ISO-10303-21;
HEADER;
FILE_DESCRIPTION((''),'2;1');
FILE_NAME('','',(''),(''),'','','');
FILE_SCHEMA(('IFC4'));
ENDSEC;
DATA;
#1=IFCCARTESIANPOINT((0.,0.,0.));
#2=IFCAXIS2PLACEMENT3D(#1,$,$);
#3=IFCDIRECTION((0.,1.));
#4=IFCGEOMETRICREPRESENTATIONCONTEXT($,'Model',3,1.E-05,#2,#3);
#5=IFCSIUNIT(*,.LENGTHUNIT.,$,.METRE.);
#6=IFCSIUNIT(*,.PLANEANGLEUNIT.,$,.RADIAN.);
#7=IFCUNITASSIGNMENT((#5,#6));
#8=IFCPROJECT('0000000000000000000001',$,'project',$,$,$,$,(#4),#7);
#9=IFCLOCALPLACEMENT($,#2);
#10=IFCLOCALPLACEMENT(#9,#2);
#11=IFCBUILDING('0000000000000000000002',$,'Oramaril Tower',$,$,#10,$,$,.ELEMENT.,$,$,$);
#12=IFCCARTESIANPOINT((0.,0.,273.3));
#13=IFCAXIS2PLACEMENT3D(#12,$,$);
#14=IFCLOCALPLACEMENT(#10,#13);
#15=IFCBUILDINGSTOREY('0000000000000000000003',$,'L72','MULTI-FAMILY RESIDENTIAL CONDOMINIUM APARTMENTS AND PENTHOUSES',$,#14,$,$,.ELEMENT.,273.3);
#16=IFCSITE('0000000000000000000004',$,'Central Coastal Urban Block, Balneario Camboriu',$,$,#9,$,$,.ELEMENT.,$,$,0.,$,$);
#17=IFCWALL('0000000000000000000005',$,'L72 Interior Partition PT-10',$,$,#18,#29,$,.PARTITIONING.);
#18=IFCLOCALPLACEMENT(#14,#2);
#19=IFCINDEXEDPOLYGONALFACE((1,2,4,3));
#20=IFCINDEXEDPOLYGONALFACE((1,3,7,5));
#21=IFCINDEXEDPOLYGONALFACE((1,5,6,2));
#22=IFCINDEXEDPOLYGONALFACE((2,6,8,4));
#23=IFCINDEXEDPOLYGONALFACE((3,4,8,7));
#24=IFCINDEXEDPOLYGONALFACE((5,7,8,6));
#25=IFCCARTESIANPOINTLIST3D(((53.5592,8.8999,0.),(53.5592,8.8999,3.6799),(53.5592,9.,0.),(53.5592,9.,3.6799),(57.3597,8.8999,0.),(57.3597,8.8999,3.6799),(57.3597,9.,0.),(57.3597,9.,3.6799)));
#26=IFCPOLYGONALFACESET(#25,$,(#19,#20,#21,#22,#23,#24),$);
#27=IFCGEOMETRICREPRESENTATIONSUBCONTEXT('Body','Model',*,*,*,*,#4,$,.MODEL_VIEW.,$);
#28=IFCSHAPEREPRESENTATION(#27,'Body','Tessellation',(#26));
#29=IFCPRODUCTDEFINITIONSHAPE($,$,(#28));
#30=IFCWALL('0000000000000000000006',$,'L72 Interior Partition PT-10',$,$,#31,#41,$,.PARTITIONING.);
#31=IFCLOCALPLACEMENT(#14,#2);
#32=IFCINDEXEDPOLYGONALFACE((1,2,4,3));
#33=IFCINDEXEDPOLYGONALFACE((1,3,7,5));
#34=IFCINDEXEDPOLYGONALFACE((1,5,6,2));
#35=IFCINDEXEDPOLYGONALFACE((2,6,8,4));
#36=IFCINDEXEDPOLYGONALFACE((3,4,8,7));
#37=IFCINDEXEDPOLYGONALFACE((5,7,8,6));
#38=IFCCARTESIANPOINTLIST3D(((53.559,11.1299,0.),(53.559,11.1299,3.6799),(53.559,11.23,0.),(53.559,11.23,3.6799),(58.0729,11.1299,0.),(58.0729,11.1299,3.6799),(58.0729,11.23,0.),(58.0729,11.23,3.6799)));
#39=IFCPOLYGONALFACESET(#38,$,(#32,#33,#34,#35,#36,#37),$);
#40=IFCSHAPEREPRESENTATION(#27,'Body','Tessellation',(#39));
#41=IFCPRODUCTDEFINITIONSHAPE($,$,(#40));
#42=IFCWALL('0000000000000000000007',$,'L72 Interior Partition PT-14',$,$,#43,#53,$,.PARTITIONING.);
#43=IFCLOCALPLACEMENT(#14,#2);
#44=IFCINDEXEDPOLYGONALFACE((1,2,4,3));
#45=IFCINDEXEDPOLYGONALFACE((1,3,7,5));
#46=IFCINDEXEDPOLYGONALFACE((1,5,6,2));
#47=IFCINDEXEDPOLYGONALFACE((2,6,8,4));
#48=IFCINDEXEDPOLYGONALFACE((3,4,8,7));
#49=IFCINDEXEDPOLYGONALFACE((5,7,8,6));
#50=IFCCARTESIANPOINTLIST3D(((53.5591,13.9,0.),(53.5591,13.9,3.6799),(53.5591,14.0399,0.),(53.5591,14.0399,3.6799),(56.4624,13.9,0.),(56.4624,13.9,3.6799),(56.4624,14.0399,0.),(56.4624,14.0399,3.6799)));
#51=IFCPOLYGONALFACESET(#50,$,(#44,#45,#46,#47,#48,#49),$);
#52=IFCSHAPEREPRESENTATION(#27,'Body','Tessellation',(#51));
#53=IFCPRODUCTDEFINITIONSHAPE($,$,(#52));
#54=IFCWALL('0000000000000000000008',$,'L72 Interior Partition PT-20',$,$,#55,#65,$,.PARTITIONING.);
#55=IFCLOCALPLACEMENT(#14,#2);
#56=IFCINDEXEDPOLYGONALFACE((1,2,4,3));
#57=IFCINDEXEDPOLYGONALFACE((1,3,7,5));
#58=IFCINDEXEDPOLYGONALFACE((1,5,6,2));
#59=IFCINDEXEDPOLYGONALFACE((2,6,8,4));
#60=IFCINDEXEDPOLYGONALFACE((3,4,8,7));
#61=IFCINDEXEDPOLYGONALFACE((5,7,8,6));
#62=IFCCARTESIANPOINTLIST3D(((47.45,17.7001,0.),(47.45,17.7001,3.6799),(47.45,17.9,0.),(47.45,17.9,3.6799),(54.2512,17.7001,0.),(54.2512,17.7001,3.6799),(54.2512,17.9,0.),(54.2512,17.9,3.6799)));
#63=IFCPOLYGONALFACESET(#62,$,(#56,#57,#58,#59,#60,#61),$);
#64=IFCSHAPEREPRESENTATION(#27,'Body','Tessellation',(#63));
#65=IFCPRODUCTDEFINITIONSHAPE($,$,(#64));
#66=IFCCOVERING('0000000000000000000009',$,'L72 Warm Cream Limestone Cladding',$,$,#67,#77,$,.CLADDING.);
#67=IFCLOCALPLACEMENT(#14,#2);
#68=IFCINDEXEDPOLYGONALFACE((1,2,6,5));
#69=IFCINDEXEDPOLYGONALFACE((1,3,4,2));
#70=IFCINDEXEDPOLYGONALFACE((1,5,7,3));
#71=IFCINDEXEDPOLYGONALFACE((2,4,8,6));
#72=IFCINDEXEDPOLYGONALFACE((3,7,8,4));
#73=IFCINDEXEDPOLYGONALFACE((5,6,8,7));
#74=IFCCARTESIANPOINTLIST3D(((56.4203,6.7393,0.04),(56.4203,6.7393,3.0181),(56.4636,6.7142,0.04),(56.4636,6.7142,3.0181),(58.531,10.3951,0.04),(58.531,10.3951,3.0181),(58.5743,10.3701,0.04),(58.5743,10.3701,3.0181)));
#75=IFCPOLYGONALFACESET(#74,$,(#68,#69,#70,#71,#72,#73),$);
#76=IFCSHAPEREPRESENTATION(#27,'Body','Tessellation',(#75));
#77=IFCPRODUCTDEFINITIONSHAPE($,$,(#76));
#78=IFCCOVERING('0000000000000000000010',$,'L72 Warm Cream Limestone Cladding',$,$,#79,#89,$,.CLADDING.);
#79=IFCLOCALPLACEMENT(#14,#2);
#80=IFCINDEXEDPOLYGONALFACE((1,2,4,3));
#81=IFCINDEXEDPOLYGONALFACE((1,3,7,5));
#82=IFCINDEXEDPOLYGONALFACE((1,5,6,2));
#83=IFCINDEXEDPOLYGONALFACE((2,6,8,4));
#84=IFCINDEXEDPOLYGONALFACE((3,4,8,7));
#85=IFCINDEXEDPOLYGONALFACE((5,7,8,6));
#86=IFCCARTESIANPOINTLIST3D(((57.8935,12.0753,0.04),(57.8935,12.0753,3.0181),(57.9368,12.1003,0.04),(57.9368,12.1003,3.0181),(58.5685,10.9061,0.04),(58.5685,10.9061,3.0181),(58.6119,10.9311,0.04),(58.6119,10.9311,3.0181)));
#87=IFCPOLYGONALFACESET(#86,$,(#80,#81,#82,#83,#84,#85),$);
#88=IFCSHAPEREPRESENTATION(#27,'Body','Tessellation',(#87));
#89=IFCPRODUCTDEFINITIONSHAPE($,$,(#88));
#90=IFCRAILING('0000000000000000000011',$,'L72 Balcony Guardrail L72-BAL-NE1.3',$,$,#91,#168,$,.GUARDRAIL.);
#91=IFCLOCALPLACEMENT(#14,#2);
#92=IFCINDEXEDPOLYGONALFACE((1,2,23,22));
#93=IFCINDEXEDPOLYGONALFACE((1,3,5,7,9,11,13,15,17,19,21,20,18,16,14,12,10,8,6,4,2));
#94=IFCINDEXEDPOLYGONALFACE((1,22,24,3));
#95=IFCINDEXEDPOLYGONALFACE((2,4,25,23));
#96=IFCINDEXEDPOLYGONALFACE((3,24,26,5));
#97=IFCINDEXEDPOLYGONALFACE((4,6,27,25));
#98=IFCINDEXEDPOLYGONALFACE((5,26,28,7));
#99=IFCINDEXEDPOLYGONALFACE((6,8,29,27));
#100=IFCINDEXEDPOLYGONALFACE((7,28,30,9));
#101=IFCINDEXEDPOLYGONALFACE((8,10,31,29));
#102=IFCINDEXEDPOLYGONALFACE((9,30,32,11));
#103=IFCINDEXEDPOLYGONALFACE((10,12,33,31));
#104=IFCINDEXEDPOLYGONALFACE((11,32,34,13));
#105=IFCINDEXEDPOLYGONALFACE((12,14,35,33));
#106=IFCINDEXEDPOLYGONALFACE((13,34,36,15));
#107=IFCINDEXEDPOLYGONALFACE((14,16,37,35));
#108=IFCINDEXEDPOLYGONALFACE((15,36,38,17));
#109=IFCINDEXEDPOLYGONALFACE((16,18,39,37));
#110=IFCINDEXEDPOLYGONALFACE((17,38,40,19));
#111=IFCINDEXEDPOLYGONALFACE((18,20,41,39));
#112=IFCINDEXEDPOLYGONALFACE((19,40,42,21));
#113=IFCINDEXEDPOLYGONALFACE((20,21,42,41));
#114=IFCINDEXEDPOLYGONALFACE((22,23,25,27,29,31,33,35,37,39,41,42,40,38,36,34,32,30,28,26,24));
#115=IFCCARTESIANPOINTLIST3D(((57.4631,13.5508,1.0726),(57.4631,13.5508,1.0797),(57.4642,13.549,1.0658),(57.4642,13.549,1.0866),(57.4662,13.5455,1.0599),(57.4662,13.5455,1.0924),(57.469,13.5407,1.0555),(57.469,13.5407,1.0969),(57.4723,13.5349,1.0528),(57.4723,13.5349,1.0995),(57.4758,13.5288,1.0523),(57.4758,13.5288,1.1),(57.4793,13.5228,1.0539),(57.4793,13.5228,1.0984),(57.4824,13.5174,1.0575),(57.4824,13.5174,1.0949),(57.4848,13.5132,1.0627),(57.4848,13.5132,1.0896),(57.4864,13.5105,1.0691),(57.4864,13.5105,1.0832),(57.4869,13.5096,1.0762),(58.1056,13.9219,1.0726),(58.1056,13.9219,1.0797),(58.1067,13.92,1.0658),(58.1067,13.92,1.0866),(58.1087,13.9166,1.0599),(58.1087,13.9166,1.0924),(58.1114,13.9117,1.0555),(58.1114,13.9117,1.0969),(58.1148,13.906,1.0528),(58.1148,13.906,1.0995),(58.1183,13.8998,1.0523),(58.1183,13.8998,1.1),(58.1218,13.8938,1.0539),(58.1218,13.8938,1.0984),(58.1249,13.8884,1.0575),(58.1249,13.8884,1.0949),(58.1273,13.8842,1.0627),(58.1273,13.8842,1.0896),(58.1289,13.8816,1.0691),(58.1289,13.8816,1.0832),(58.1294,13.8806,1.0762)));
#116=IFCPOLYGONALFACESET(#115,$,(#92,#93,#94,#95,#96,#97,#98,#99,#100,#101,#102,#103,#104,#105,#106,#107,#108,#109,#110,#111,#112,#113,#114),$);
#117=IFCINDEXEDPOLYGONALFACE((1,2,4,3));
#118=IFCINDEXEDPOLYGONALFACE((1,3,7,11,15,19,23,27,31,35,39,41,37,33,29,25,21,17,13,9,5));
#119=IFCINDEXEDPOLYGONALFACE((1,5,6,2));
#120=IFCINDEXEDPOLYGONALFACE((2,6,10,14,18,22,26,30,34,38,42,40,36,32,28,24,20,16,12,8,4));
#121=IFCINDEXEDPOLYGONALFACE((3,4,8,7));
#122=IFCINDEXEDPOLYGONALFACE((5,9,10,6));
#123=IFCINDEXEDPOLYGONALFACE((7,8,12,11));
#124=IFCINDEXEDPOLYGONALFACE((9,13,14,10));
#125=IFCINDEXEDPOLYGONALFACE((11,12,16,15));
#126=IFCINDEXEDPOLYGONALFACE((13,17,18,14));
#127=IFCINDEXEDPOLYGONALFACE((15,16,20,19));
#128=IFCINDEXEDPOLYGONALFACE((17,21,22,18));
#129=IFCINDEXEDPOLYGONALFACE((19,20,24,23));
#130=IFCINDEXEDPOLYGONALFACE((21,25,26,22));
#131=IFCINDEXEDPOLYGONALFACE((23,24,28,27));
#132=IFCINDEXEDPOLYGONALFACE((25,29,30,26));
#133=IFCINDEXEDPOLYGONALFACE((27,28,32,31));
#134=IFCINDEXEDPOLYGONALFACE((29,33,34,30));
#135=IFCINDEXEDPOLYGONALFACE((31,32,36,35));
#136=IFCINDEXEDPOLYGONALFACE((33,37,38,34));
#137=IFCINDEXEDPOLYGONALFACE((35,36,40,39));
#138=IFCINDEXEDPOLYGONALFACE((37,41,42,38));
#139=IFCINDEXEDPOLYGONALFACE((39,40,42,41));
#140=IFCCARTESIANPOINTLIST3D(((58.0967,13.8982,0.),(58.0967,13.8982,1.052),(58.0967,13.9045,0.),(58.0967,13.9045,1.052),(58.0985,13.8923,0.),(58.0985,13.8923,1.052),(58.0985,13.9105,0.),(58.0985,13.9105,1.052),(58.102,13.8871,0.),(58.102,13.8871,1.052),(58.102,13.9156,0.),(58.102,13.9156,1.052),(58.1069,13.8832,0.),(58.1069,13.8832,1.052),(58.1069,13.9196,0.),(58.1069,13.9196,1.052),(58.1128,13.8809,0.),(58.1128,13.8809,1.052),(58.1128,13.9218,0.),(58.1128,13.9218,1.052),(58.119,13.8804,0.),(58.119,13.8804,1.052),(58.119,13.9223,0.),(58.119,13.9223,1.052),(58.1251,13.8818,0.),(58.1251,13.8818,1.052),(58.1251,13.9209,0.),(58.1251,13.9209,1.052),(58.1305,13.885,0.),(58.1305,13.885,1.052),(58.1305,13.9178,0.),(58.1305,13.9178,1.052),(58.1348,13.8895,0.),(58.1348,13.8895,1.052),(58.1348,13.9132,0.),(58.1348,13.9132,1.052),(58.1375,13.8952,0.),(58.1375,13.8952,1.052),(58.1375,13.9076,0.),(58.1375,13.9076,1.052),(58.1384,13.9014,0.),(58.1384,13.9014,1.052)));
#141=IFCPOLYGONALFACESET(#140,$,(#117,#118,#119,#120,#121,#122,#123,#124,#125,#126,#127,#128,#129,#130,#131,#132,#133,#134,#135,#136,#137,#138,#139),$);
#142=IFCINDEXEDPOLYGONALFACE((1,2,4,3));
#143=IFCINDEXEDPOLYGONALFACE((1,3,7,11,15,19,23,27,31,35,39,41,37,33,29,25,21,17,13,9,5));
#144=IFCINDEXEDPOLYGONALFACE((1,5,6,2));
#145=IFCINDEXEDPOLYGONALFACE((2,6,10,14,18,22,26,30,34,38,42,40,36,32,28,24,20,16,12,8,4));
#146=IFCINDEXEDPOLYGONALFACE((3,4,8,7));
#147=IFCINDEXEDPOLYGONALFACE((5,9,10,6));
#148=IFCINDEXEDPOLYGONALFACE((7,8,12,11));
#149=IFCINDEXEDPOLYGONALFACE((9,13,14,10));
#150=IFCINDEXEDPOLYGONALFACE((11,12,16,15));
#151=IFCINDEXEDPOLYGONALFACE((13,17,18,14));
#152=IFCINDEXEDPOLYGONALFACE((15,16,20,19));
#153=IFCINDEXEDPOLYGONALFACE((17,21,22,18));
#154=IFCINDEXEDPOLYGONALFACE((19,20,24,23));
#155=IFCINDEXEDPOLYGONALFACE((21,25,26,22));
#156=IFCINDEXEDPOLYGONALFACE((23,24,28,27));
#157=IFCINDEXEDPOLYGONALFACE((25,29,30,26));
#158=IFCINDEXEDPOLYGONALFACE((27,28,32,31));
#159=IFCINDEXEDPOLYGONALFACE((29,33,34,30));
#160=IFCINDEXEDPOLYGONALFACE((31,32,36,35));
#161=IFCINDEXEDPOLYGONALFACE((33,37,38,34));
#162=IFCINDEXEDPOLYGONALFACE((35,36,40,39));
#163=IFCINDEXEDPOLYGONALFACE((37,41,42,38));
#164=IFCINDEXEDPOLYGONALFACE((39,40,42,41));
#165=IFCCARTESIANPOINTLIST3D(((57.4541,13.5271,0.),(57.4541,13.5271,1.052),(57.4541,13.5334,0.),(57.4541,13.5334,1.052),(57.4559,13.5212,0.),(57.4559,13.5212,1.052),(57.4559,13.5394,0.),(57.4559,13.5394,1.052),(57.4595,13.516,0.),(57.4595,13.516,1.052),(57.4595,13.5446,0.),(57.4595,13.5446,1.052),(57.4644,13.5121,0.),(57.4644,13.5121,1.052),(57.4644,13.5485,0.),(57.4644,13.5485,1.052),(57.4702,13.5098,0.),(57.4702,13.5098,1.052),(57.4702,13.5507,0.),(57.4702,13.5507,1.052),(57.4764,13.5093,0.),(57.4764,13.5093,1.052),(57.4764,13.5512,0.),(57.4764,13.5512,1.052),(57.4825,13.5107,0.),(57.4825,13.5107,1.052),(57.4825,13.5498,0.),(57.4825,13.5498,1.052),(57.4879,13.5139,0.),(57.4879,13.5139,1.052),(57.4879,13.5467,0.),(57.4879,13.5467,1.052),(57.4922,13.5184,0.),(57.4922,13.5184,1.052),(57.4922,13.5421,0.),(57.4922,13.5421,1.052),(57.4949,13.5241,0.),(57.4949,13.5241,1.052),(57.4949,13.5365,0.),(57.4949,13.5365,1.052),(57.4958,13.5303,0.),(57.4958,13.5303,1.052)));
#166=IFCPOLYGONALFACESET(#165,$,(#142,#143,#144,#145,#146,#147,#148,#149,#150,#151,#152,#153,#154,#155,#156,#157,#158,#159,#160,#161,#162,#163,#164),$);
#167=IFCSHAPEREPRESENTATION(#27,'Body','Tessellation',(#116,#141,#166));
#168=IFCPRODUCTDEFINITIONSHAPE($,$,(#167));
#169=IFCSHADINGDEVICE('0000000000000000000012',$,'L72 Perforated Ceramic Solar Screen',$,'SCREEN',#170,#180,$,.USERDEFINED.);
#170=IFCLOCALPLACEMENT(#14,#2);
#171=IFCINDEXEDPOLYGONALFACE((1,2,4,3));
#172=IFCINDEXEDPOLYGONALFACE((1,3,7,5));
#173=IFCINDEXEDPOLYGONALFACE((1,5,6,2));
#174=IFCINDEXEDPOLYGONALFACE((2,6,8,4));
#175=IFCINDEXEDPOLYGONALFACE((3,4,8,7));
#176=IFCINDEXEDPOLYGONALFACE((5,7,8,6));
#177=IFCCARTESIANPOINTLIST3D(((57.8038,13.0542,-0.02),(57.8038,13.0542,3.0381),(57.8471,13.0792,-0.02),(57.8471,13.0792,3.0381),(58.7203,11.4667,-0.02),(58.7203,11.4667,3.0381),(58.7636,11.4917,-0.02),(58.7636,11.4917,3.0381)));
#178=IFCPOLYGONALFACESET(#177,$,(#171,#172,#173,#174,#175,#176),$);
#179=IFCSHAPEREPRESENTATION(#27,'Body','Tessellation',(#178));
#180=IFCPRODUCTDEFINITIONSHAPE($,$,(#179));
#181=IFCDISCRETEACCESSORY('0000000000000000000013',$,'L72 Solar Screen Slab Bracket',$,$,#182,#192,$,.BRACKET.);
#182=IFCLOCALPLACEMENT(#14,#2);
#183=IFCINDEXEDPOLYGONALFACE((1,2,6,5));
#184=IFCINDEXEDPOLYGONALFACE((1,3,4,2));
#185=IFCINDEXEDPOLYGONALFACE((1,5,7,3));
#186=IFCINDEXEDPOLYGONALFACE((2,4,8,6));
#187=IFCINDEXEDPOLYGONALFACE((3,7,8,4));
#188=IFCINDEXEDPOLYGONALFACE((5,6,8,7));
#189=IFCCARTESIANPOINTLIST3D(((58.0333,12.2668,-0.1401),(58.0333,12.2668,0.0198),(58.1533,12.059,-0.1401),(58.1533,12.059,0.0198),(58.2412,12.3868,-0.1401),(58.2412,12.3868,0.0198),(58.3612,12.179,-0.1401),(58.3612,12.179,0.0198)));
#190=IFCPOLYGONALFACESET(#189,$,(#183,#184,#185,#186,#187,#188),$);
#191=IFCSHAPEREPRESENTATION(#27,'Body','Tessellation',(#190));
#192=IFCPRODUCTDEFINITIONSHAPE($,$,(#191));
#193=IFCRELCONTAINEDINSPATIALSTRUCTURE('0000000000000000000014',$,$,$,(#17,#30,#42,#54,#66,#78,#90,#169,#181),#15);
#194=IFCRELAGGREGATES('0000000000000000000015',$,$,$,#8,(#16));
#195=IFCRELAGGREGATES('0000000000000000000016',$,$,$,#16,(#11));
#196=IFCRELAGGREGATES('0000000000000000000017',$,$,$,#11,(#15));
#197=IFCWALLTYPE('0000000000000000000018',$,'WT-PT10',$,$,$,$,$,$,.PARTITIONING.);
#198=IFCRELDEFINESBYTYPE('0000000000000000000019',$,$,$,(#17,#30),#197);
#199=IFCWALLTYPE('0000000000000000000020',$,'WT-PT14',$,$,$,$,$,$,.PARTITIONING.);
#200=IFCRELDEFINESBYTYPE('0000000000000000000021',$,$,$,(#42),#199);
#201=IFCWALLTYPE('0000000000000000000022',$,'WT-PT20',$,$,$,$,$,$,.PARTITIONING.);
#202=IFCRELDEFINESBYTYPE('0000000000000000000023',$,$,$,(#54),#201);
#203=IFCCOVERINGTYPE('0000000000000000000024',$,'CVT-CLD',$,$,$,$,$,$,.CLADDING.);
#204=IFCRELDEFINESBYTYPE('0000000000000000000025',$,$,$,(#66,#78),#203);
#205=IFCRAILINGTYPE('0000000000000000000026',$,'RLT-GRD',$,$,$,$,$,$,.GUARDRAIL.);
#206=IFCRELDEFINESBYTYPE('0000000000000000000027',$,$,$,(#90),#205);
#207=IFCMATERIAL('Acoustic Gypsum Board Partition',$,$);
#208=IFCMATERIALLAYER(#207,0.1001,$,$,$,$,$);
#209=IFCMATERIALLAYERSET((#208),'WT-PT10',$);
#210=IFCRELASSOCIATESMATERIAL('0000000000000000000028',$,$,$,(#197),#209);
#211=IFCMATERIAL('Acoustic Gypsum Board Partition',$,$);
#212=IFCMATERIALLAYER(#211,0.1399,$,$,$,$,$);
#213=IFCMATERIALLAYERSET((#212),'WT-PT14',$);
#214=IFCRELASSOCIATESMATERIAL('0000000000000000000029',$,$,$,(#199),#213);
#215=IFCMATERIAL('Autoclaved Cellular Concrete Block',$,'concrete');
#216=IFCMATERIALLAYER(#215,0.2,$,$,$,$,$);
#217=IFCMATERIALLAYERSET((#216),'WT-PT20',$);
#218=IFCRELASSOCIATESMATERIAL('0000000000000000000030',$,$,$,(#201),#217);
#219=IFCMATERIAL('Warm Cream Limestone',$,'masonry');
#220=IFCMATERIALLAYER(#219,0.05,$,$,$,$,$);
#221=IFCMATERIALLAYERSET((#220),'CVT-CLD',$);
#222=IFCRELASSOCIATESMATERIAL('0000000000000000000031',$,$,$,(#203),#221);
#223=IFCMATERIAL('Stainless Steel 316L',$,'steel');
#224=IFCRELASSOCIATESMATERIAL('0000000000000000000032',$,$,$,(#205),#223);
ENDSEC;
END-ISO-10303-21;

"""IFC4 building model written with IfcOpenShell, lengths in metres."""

from ifc_helpers import new_model, si_unit, direction, frame, frame_2d, origin, origin_2d, place, context, subcontext, project, spatial, rectangle, circle, extrude, material, layer, layer_set, type_object, element, save


model = new_model("IFC4")

# Units and contexts
model_context = context("Model", 3, precision=1e-05, world=origin(), true_north=direction((0.0, 1.0)))
body_context = subcontext(model_context, "Body", "Model", "MODEL_VIEW")
ifc_project = project(units=[si_unit("LENGTHUNIT", "METRE"), si_unit("PLANEANGLEUNIT", "RADIAN")], contexts=[model_context])

# Site, building, storey
site_placement = place(None, origin())
site = spatial("IfcSite", under=ifc_project, at=site_placement, Name="Central Coastal Urban Block, Balneario Camboriu", CompositionType="ELEMENT", RefElevation=0.0)
building_placement = place(site_placement, origin())
building = spatial("IfcBuilding", under=site, at=building_placement, Name="Oramaril Tower", CompositionType="ELEMENT")
storey_placement = place(building_placement, frame((0.0, 0.0, 273.3)))
storey = spatial("IfcBuildingStorey", under=building, at=storey_placement, Name="L72", Description="MULTI-FAMILY RESIDENTIAL CONDOMINIUM APARTMENTS AND PENTHOUSES", CompositionType="ELEMENT", Elevation=273.3)

# Walls
ifc_material_1 = material(Name="Acoustic Gypsum Board Partition")
ifc_layer_1 = layer(ifc_material_1, 0.1001)
ifc_layer_set_1 = layer_set([ifc_layer_1], Name="WT-PT10")
wall_type_1 = type_object("IfcWallType", Name="WT-PT10", PredefinedType="PARTITIONING", material=ifc_layer_set_1)
wall_1_placement = place(storey_placement, frame((53.5591, 8.95, 0.0), z_axis=(0.0, 0.0, 1.0), x_axis=(1.0, 0.0, 0.0)))
element("IfcWall", 1, at=wall_1_placement, inside=storey, type_object=wall_type_1, Name="L72 Interior Partition PT-10", PredefinedType="PARTITIONING", context=body_context, shape_type="SweptSolid", body=[
    extrude(rectangle(XDim=3.8005, YDim=0.1001, at=frame_2d((1.9004, 0.0))), origin(), (0.0, 0.0, 1.0), 3.6799),
])
wall_2_placement = place(storey_placement, frame((53.5591, 11.1799, 0.0), z_axis=(0.0, 0.0, 1.0), x_axis=(1.0, 0.0, 0.0)))
element("IfcWall", 2, at=wall_2_placement, inside=storey, type_object=wall_type_1, Name="L72 Interior Partition PT-10", PredefinedType="PARTITIONING", context=body_context, shape_type="SweptSolid", body=[
    extrude(rectangle(XDim=4.5139, YDim=0.1001, at=frame_2d((2.2568, 0.0))), origin(), (0.0, 0.0, 1.0), 3.6799),
])
ifc_material_2 = material(Name="Acoustic Gypsum Board Partition")
ifc_layer_2 = layer(ifc_material_2, 0.1399)
ifc_layer_set_2 = layer_set([ifc_layer_2], Name="WT-PT14")
wall_type_2 = type_object("IfcWallType", Name="WT-PT14", PredefinedType="PARTITIONING", material=ifc_layer_set_2)
wall_3_placement = place(storey_placement, frame((53.5591, 13.97, 0.0), z_axis=(0.0, 0.0, 1.0), x_axis=(1.0, 0.0, 0.0)))
element("IfcWall", 3, at=wall_3_placement, inside=storey, type_object=wall_type_2, Name="L72 Interior Partition PT-14", PredefinedType="PARTITIONING", context=body_context, shape_type="SweptSolid", body=[
    extrude(rectangle(XDim=2.9033, YDim=0.1399, at=frame_2d((1.4517, 0.0))), origin(), (0.0, 0.0, 1.0), 3.6799),
])
ifc_material_3 = material(Name="Autoclaved Cellular Concrete Block", Category="concrete")
ifc_layer_3 = layer(ifc_material_3, 0.2)
ifc_layer_set_3 = layer_set([ifc_layer_3], Name="WT-PT20")
wall_type_3 = type_object("IfcWallType", Name="WT-PT20", PredefinedType="PARTITIONING", material=ifc_layer_set_3)
wall_4_placement = place(storey_placement, frame((47.45, 17.8, 0.0), z_axis=(0.0, 0.0, 1.0), x_axis=(1.0, 0.0, 0.0)))
element("IfcWall", 4, at=wall_4_placement, inside=storey, type_object=wall_type_3, Name="L72 Interior Partition PT-20", PredefinedType="PARTITIONING", context=body_context, shape_type="SweptSolid", body=[
    extrude(rectangle(XDim=6.8013, YDim=0.2, at=frame_2d((3.4006, 0.0))), origin(), (0.0, 0.0, 1.0), 3.6799),
])

# Coverings
ifc_material_4 = material(Name="Warm Cream Limestone", Category="masonry")
ifc_layer_4 = layer(ifc_material_4, 0.05)
ifc_layer_set_4 = layer_set([ifc_layer_4], Name="CVT-CLD")
covering_type = type_object("IfcCoveringType", Name="CVT-CLD", PredefinedType="CLADDING", material=ifc_layer_set_4)
covering_1_placement = place(storey_placement, frame((57.4973, 8.5547, 0.04), z_axis=(0.0, 0.0, 1.0), x_axis=(0.499995, 0.866028, 0.0)))
element("IfcCovering", 5, at=covering_1_placement, inside=storey, type_object=covering_type, Name="L72 Warm Cream Limestone Cladding", PredefinedType="CLADDING", context=body_context, shape_type="SweptSolid", body=[
    extrude(rectangle(XDim=4.2214, YDim=0.05, at=origin_2d()), origin(), (0.0, 0.0, 1.0), 2.978),
])
covering_2_placement = place(storey_placement, frame((58.2527, 11.5032, 0.04), z_axis=(0.0, 0.0, 1.0), x_axis=(-0.499998, 0.866026, 0.0)))
element("IfcCovering", 6, at=covering_2_placement, inside=storey, type_object=covering_type, Name="L72 Warm Cream Limestone Cladding", PredefinedType="CLADDING", context=body_context, shape_type="SweptSolid", body=[
    extrude(rectangle(XDim=1.3501, YDim=0.05, at=origin_2d()), origin(), (0.0, 0.0, 1.0), 2.978),
])

# Railing
ifc_material_5 = material(Name="Stainless Steel 316L", Category="steel")
railing_type = type_object("IfcRailingType", Name="RLT-GRD", PredefinedType="GUARDRAIL", material=ifc_material_5)
railing_placement = place(storey_placement, frame((58.1174, 13.9014, 0.0)))
element("IfcRailing", 7, at=railing_placement, inside=storey, type_object=railing_type, Name="L72 Balcony Guardrail L72-BAL-NE1.3", PredefinedType="GUARDRAIL", context=body_context, shape_type="SweptSolid", body=[
    extrude(circle(Radius=0.0239, at=origin_2d()), frame((0.0, 0.0, 1.0762), z_axis=(-0.865966, -0.500102, 0.0), x_axis=(0.500102, -0.865966, 0.0)), (0.0, 0.0, 1.0), 0.7419),
    extrude(circle(Radius=0.021, at=origin_2d()), origin(), (0.0, 0.0, 1.0), 1.052),
    extrude(circle(Radius=0.021, at=origin_2d()), frame((-0.6426, -0.3711, 0.0)), (0.0, 0.0, 1.0), 1.052),
])

# Shading device
shading_device_placement = place(storey_placement, frame((58.2837, 12.2729, -0.02), z_axis=(0.0, 0.0, 1.0), x_axis=(-0.499998, 0.866026, 0.0)))
element("IfcShadingDevice", 8, at=shading_device_placement, inside=storey, Name="L72 Perforated Ceramic Solar Screen", ObjectType="SCREEN", PredefinedType="USERDEFINED", context=body_context, shape_type="SweptSolid", body=[
    extrude(rectangle(XDim=1.833, YDim=0.05, at=origin_2d()), origin(), (0.0, 0.0, 1.0), 3.0581),
])

# Discrete accessory
discrete_accessory_placement = place(storey_placement, frame((58.1973, 12.2229, -0.1401), z_axis=(0.0, 0.0, 1.0), x_axis=(-0.499998, 0.866026, 0.0)))
element("IfcDiscreteAccessory", 9, at=discrete_accessory_placement, inside=storey, Name="L72 Solar Screen Slab Bracket", PredefinedType="BRACKET", context=body_context, shape_type="SweptSolid", body=[
    extrude(rectangle(XDim=0.24, YDim=0.24, at=origin_2d()), origin(), (0.0, 0.0, 1.0), 0.1599),
])

save(model, "model.ifc")
